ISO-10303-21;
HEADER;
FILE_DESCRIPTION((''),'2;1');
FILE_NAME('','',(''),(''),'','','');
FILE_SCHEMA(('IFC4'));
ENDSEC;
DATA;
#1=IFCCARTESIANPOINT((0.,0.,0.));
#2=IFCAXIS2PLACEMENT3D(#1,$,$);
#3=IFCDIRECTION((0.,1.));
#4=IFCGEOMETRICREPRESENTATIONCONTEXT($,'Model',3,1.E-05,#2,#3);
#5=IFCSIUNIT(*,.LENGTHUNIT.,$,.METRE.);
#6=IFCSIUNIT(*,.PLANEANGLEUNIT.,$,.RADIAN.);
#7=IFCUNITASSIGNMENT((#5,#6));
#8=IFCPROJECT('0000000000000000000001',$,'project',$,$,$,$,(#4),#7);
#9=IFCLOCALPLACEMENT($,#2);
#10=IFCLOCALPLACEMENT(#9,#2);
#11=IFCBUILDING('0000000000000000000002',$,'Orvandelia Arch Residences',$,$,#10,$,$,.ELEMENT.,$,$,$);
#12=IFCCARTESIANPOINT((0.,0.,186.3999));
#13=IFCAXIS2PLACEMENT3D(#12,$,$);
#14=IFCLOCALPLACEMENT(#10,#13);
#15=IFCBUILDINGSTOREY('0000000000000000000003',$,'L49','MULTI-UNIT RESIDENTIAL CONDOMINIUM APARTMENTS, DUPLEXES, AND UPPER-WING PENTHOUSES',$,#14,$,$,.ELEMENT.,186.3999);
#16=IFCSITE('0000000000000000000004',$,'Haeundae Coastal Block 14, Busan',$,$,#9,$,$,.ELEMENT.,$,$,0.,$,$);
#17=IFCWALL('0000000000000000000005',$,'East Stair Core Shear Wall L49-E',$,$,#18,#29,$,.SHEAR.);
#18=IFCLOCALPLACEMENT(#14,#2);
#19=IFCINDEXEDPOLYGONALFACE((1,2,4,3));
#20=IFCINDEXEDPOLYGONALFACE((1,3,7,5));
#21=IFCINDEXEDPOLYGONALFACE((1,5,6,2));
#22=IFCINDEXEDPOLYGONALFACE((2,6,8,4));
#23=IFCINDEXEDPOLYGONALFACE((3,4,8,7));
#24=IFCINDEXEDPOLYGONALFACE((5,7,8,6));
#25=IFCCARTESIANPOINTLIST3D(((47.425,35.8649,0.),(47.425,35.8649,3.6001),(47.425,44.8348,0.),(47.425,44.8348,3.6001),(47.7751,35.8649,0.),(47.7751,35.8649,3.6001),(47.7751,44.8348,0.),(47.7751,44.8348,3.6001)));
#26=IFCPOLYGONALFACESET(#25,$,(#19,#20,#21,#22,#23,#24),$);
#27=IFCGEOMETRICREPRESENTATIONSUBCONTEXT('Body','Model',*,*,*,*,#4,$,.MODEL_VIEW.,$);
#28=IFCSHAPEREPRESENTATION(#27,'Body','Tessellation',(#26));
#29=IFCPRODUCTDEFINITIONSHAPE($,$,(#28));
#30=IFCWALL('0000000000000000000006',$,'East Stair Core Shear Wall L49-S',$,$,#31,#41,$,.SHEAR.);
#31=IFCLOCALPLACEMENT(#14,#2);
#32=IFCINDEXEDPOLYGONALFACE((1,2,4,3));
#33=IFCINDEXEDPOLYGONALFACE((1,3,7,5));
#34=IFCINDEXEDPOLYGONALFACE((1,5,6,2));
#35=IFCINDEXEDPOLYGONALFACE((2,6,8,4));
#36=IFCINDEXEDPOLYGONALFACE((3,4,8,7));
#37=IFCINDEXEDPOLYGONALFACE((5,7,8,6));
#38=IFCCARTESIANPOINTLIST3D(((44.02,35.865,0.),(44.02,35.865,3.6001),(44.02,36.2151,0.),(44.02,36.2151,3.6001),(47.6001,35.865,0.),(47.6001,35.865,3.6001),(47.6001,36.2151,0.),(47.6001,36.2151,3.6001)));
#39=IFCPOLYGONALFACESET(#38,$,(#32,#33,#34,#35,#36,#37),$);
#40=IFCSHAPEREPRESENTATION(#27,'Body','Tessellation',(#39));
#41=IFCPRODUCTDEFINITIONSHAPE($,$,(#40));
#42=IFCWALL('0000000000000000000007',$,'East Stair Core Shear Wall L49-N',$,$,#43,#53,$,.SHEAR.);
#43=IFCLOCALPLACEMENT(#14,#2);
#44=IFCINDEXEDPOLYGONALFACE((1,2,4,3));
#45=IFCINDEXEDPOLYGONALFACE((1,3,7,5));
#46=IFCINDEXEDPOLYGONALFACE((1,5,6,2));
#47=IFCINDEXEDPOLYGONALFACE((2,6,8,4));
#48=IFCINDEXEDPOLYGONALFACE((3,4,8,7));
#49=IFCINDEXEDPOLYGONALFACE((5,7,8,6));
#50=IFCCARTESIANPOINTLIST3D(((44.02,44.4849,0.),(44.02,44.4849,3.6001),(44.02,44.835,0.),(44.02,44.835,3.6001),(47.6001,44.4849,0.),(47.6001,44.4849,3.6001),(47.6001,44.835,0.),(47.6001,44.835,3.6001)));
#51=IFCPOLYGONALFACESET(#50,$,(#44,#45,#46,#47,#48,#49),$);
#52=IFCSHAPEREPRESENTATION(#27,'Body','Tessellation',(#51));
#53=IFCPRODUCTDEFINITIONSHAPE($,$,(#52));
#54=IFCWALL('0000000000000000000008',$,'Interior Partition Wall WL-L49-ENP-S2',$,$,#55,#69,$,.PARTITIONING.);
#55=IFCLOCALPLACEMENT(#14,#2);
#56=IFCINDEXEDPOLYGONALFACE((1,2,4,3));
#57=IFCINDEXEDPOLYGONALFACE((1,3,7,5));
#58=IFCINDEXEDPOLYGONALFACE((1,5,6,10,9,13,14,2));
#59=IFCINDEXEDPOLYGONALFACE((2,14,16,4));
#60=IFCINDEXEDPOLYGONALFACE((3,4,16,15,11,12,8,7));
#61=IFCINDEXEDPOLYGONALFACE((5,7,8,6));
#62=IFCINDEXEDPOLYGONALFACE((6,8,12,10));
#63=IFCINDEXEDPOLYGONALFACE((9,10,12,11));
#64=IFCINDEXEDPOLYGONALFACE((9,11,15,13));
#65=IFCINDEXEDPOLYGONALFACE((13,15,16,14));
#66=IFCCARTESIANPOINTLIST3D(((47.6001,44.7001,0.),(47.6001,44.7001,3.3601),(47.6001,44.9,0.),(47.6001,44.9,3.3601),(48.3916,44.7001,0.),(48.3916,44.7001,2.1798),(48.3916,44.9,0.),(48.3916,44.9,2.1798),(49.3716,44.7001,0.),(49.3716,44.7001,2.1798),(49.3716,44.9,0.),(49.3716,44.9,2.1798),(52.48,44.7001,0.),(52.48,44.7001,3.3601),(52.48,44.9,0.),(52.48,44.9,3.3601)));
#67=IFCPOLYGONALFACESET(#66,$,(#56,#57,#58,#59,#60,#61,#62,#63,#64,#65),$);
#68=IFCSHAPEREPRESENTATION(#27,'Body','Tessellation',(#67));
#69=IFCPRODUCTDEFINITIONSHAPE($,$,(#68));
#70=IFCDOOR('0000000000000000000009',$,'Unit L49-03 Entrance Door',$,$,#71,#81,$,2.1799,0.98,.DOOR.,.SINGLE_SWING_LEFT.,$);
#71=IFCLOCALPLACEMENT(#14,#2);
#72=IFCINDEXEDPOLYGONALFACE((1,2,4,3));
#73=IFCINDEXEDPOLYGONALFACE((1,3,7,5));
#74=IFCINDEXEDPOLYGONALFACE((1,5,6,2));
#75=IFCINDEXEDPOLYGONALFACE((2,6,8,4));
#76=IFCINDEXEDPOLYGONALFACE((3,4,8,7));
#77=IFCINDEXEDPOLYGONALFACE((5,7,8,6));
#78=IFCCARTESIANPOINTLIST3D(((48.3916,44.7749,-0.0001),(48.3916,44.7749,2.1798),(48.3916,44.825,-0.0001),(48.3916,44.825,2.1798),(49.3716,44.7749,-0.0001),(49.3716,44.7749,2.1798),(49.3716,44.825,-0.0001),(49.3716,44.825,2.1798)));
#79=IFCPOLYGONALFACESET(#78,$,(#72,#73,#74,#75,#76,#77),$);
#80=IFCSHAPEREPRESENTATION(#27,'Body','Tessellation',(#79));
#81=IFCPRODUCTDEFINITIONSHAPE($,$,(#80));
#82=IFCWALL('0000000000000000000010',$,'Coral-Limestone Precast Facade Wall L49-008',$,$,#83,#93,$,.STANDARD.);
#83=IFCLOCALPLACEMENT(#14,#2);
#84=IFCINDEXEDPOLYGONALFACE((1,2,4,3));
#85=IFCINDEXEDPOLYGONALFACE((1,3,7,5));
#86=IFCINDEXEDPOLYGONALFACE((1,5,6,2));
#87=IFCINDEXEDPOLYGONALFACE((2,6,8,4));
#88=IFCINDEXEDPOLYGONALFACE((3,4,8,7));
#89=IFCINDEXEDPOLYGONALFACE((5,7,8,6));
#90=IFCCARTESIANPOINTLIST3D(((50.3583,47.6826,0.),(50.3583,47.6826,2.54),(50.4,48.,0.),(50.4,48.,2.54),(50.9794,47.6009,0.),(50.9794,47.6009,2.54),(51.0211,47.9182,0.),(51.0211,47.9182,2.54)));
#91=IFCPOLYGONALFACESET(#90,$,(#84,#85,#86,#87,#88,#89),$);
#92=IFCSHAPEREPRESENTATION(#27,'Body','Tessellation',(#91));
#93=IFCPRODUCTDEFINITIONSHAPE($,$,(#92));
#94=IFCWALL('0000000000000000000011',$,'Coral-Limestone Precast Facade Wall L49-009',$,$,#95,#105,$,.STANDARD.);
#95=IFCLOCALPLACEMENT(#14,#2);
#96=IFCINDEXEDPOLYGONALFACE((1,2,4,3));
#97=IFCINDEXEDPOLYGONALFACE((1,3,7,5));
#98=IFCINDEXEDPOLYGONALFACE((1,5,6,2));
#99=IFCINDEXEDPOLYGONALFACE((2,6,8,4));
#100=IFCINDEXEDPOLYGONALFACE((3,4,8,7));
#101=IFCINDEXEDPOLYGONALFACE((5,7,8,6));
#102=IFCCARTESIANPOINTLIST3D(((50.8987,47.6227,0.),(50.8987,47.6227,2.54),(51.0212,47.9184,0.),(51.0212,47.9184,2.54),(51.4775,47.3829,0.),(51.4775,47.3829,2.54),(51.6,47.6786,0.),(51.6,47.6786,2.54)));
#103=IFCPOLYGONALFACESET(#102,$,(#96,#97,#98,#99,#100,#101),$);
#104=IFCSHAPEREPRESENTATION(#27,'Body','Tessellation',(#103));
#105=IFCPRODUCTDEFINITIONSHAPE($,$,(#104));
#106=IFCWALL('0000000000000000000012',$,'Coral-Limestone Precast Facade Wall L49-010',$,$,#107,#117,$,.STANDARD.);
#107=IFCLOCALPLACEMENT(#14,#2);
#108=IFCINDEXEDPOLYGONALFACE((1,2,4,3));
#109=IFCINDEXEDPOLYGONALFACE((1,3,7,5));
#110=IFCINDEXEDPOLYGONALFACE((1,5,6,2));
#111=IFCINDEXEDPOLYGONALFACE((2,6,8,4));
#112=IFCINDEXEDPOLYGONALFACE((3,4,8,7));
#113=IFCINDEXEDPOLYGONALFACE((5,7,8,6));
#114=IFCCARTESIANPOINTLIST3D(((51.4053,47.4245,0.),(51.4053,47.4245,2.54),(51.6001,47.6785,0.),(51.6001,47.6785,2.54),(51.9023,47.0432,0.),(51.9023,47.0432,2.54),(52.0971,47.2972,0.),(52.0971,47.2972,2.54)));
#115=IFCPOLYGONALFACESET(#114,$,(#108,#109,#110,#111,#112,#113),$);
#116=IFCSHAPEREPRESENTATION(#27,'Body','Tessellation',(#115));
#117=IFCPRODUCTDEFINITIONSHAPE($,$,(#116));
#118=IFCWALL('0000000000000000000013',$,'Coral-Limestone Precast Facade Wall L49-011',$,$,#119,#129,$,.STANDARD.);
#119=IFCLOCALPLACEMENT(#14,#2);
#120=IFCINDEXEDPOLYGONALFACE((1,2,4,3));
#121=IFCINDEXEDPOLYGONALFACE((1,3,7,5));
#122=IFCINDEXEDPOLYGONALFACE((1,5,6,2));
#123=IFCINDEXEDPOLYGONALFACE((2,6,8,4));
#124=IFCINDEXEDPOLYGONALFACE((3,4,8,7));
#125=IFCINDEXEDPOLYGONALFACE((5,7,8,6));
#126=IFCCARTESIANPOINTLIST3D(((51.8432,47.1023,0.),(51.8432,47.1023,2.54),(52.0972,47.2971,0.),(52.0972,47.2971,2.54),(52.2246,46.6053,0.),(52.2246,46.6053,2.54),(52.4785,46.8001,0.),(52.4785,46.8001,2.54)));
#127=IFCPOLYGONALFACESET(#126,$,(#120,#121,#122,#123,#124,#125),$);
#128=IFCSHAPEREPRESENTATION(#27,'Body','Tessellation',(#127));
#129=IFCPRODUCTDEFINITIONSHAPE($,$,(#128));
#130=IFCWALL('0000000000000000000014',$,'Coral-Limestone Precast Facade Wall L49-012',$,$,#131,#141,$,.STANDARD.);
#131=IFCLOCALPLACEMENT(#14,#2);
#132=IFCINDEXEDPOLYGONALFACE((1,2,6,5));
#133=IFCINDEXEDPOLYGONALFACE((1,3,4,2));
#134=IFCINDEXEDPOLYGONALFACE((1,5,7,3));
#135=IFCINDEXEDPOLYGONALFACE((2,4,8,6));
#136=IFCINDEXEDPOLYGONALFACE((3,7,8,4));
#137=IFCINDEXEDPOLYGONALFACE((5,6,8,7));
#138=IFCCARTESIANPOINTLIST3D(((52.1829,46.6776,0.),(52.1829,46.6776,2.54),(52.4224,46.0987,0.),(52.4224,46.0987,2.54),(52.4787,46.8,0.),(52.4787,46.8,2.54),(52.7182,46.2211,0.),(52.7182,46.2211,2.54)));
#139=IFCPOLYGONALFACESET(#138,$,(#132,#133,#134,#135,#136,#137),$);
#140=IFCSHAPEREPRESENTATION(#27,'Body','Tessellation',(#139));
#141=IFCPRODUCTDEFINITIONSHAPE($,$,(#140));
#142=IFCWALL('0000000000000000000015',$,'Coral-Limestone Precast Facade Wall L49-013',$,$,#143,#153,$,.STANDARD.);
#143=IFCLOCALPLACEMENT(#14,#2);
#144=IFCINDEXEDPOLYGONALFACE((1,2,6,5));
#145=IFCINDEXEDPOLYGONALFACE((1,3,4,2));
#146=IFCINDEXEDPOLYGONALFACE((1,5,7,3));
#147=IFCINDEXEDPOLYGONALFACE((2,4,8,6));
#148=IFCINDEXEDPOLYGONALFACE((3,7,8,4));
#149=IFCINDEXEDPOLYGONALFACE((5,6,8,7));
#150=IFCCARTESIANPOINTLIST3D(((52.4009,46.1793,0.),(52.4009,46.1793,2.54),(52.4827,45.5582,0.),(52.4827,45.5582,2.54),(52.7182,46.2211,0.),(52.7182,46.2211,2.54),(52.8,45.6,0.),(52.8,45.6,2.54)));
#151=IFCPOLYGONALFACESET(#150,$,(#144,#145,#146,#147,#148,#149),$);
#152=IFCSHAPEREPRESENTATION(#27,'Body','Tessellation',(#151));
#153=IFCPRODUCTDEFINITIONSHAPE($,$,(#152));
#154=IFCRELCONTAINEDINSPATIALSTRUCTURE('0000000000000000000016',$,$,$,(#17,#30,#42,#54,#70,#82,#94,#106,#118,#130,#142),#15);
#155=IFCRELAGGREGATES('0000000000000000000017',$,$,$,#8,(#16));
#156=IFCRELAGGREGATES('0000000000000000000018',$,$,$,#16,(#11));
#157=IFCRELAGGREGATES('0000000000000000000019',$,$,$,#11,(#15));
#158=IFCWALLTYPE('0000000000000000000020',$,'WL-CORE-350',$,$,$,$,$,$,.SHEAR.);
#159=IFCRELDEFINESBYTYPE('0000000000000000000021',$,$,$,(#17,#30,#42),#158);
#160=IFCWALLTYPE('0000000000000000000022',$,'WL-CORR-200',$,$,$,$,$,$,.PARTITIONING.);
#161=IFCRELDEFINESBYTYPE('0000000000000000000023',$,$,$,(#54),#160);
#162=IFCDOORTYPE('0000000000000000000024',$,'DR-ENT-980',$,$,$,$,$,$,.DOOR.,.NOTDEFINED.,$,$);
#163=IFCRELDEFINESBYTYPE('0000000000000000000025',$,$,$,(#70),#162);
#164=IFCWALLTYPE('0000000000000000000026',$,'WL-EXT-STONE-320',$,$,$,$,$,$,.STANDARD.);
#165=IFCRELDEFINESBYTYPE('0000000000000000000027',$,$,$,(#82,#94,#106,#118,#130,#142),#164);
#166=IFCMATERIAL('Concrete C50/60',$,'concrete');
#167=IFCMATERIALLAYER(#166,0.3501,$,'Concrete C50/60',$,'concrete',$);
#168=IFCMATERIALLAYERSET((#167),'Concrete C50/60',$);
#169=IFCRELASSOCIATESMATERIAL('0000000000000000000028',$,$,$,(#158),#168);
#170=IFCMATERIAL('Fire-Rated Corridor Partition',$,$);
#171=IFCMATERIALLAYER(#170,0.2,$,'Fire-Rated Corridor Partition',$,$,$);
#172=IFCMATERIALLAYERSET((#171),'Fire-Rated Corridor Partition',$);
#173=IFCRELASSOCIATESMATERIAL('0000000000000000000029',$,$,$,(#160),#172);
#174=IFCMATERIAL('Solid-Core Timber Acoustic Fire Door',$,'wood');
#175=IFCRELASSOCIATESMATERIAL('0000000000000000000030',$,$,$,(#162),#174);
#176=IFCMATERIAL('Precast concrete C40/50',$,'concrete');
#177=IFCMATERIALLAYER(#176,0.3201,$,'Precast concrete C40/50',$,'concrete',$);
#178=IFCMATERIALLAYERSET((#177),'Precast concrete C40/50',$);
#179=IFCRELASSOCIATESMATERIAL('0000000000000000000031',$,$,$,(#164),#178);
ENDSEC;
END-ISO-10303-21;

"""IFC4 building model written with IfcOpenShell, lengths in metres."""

from ifc_helpers import new_model, si_unit, direction, frame, frame_2d, origin, place, context, subcontext, project, spatial, rectangle, extrude, material, layer, layer_set, type_object, element, fill, save


model = new_model("IFC4")

# Units and contexts
model_context = context("Model", 3, precision=1e-05, world=origin(), true_north=direction((0.0, 1.0)))
body_context = subcontext(model_context, "Body", "Model", "MODEL_VIEW")
ifc_project = project(units=[si_unit("LENGTHUNIT", "METRE"), si_unit("PLANEANGLEUNIT", "RADIAN")], contexts=[model_context])

# Site, building, storey
site_placement = place(None, origin())
site = spatial("IfcSite", under=ifc_project, at=site_placement, Name="Haeundae Coastal Block 14, Busan", CompositionType="ELEMENT", RefElevation=0.0)
building_placement = place(site_placement, origin())
building = spatial("IfcBuilding", under=site, at=building_placement, Name="Orvandelia Arch Residences", CompositionType="ELEMENT")
storey_placement = place(building_placement, frame((0.0, 0.0, 186.3999)))
storey = spatial("IfcBuildingStorey", under=building, at=storey_placement, Name="L49", Description="MULTI-UNIT RESIDENTIAL CONDOMINIUM APARTMENTS, DUPLEXES, AND UPPER-WING PENTHOUSES", CompositionType="ELEMENT", Elevation=186.3999)

# Walls
ifc_material_1 = material(Name="Concrete C50/60", Category="concrete")
ifc_layer_1 = layer(ifc_material_1, 0.3501, Name="Concrete C50/60", Category="concrete")
ifc_layer_set_1 = layer_set([ifc_layer_1], Name="Concrete C50/60")
wall_type_1 = type_object("IfcWallType", Name="WL-CORE-350", PredefinedType="SHEAR", material=ifc_layer_set_1)
wall_1_placement = place(storey_placement, frame((47.6001, 35.865, 0.0), z_axis=(0.0, 0.0, 1.0), x_axis=(0.0, 1.0, 0.0)))
element("IfcWall", 1, at=wall_1_placement, inside=storey, type_object=wall_type_1, Name="East Stair Core Shear Wall L49-E", PredefinedType="SHEAR", context=body_context, shape_type="SweptSolid", body=[
    extrude(rectangle(XDim=8.97, YDim=0.3501, at=frame_2d((4.4849, 0.0))), origin(), (0.0, 0.0, 1.0), 3.6001),
])
for number, where, z_axis, x_axis, name in (
    (2, (44.02, 36.04, 0.0), (0.0, 0.0, 1.0), (1.0, 0.0, 0.0), "East Stair Core Shear Wall L49-S"),
    (3, (44.02, 44.6599, 0.0), (0.0, 0.0, 1.0), (1.0, 0.0, 0.0), "East Stair Core Shear Wall L49-N"),
):
    element("IfcWall", number, at=place(storey_placement, frame(where, z_axis=z_axis, x_axis=x_axis)), inside=storey, type_object=wall_type_1, Name=name, PredefinedType="SHEAR", context=body_context, shape_type="SweptSolid", body=[
        extrude(rectangle(XDim=3.5801, YDim=0.3501, at=frame_2d((1.79, 0.0))), origin(), (0.0, 0.0, 1.0), 3.6001),
    ])

# Wall, opening, door
ifc_material_2 = material(Name="Fire-Rated Corridor Partition")
ifc_layer_2 = layer(ifc_material_2, 0.2, Name="Fire-Rated Corridor Partition")
ifc_layer_set_2 = layer_set([ifc_layer_2], Name="Fire-Rated Corridor Partition")
wall_type_2 = type_object("IfcWallType", Name="WL-CORR-200", PredefinedType="PARTITIONING", material=ifc_layer_set_2)
wall_2_placement = place(storey_placement, frame((47.6001, 44.8, 0.0), z_axis=(0.0, 0.0, 1.0), x_axis=(1.0, 0.0, 0.0)))
wall_2 = element("IfcWall", 4, at=wall_2_placement, inside=storey, type_object=wall_type_2, Name="Interior Partition Wall WL-L49-ENP-S2", PredefinedType="PARTITIONING", context=body_context, shape_type="SweptSolid", body=[
    extrude(rectangle(XDim=4.8799, YDim=0.2, at=frame_2d((2.4399, 0.0))), origin(), (0.0, 0.0, 1.0), 3.3601),
])
opening_1_placement = place(wall_2_placement, frame((0.7915, 0.0, 0.0)))
opening_1 = element("IfcOpeningElement", 5, at=opening_1_placement, cuts=wall_2, PredefinedType="OPENING", context=body_context, shape_type="SweptSolid", body=[
    extrude(rectangle(XDim=0.98, YDim=2.1799, at=frame_2d((0.49, 1.0898))), frame((0.0, 0.1099, 0.0), z_axis=(0.0, -1.0, 0.0), x_axis=(1.0, 0.0, 0.0)), (0.0, 0.0, 1.0), 0.22),
])
ifc_material_3 = material(Name="Solid-Core Timber Acoustic Fire Door", Category="wood")
door_type_1 = type_object("IfcDoorType", Name="DR-ENT-980", OperationType="NOTDEFINED", PredefinedType="DOOR", material=ifc_material_3)
door_1_placement = place(opening_1_placement, origin())
door_1 = element("IfcDoor", 6, at=door_1_placement, inside=storey, type_object=door_type_1, Name="Unit L49-03 Entrance Door", OperationType="SINGLE_SWING_LEFT", OverallHeight=2.1799, OverallWidth=0.98, PredefinedType="DOOR", context=body_context, shape_type="SweptSolid", body=[
    extrude(rectangle(XDim=0.98, YDim=2.1799, at=frame_2d((0.49, 1.0898))), frame((0.0, 0.0249, 0.0), z_axis=(0.0, -1.0, 0.0), x_axis=(1.0, 0.0, 0.0)), (0.0, 0.0, 1.0), 0.05),
])
fill(opening_1, door_1)

# Walls
ifc_material_4 = material(Name="Precast concrete C40/50", Category="concrete")
ifc_layer_3 = layer(ifc_material_4, 0.3201, Name="Precast concrete C40/50", Category="concrete")
ifc_layer_set_3 = layer_set([ifc_layer_3], Name="Precast concrete C40/50")
wall_type_3 = type_object("IfcWallType", Name="WL-EXT-STONE-320", PredefinedType="STANDARD", material=ifc_layer_set_3)
for number, where, z_axis, x_axis, name in (
    (7, (50.3792, 47.8413, 0.0), (0.0, 0.0, 1.0), (0.991441, -0.130555, 0.0), "Coral-Limestone Precast Facade Wall L49-008"),
    (8, (50.96, 47.7705, 0.0), (0.0, 0.0, 1.0), (0.923893, -0.38265, 0.0), "Coral-Limestone Precast Facade Wall L49-009"),
    (9, (51.5027, 47.5515, 0.0), (0.0, 0.0, 1.0), (0.793406, -0.608693, 0.0), "Coral-Limestone Precast Facade Wall L49-010"),
    (10, (51.9702, 47.1997, 0.0), (0.0, 0.0, 1.0), (0.608693, -0.793406, 0.0), "Coral-Limestone Precast Facade Wall L49-011"),
    (11, (52.3308, 46.7388, 0.0), (0.0, 0.0, 1.0), (0.382317, -0.924031, 0.0), "Coral-Limestone Precast Facade Wall L49-012"),
    (12, (52.5596, 46.2002, 0.0), (0.0, 0.0, 1.0), (0.130555, -0.991441, 0.0), "Coral-Limestone Precast Facade Wall L49-013"),
):
    element("IfcWall", number, at=place(storey_placement, frame(where, z_axis=z_axis, x_axis=x_axis)), inside=storey, type_object=wall_type_3, Name=name, PredefinedType="STANDARD", context=body_context, shape_type="SweptSolid", body=[
        extrude(rectangle(XDim=0.6265, YDim=0.3201, at=frame_2d((0.3132, 0.0))), origin(), (0.0, 0.0, 1.0), 2.54),
    ])

save(model, "model.ifc")
